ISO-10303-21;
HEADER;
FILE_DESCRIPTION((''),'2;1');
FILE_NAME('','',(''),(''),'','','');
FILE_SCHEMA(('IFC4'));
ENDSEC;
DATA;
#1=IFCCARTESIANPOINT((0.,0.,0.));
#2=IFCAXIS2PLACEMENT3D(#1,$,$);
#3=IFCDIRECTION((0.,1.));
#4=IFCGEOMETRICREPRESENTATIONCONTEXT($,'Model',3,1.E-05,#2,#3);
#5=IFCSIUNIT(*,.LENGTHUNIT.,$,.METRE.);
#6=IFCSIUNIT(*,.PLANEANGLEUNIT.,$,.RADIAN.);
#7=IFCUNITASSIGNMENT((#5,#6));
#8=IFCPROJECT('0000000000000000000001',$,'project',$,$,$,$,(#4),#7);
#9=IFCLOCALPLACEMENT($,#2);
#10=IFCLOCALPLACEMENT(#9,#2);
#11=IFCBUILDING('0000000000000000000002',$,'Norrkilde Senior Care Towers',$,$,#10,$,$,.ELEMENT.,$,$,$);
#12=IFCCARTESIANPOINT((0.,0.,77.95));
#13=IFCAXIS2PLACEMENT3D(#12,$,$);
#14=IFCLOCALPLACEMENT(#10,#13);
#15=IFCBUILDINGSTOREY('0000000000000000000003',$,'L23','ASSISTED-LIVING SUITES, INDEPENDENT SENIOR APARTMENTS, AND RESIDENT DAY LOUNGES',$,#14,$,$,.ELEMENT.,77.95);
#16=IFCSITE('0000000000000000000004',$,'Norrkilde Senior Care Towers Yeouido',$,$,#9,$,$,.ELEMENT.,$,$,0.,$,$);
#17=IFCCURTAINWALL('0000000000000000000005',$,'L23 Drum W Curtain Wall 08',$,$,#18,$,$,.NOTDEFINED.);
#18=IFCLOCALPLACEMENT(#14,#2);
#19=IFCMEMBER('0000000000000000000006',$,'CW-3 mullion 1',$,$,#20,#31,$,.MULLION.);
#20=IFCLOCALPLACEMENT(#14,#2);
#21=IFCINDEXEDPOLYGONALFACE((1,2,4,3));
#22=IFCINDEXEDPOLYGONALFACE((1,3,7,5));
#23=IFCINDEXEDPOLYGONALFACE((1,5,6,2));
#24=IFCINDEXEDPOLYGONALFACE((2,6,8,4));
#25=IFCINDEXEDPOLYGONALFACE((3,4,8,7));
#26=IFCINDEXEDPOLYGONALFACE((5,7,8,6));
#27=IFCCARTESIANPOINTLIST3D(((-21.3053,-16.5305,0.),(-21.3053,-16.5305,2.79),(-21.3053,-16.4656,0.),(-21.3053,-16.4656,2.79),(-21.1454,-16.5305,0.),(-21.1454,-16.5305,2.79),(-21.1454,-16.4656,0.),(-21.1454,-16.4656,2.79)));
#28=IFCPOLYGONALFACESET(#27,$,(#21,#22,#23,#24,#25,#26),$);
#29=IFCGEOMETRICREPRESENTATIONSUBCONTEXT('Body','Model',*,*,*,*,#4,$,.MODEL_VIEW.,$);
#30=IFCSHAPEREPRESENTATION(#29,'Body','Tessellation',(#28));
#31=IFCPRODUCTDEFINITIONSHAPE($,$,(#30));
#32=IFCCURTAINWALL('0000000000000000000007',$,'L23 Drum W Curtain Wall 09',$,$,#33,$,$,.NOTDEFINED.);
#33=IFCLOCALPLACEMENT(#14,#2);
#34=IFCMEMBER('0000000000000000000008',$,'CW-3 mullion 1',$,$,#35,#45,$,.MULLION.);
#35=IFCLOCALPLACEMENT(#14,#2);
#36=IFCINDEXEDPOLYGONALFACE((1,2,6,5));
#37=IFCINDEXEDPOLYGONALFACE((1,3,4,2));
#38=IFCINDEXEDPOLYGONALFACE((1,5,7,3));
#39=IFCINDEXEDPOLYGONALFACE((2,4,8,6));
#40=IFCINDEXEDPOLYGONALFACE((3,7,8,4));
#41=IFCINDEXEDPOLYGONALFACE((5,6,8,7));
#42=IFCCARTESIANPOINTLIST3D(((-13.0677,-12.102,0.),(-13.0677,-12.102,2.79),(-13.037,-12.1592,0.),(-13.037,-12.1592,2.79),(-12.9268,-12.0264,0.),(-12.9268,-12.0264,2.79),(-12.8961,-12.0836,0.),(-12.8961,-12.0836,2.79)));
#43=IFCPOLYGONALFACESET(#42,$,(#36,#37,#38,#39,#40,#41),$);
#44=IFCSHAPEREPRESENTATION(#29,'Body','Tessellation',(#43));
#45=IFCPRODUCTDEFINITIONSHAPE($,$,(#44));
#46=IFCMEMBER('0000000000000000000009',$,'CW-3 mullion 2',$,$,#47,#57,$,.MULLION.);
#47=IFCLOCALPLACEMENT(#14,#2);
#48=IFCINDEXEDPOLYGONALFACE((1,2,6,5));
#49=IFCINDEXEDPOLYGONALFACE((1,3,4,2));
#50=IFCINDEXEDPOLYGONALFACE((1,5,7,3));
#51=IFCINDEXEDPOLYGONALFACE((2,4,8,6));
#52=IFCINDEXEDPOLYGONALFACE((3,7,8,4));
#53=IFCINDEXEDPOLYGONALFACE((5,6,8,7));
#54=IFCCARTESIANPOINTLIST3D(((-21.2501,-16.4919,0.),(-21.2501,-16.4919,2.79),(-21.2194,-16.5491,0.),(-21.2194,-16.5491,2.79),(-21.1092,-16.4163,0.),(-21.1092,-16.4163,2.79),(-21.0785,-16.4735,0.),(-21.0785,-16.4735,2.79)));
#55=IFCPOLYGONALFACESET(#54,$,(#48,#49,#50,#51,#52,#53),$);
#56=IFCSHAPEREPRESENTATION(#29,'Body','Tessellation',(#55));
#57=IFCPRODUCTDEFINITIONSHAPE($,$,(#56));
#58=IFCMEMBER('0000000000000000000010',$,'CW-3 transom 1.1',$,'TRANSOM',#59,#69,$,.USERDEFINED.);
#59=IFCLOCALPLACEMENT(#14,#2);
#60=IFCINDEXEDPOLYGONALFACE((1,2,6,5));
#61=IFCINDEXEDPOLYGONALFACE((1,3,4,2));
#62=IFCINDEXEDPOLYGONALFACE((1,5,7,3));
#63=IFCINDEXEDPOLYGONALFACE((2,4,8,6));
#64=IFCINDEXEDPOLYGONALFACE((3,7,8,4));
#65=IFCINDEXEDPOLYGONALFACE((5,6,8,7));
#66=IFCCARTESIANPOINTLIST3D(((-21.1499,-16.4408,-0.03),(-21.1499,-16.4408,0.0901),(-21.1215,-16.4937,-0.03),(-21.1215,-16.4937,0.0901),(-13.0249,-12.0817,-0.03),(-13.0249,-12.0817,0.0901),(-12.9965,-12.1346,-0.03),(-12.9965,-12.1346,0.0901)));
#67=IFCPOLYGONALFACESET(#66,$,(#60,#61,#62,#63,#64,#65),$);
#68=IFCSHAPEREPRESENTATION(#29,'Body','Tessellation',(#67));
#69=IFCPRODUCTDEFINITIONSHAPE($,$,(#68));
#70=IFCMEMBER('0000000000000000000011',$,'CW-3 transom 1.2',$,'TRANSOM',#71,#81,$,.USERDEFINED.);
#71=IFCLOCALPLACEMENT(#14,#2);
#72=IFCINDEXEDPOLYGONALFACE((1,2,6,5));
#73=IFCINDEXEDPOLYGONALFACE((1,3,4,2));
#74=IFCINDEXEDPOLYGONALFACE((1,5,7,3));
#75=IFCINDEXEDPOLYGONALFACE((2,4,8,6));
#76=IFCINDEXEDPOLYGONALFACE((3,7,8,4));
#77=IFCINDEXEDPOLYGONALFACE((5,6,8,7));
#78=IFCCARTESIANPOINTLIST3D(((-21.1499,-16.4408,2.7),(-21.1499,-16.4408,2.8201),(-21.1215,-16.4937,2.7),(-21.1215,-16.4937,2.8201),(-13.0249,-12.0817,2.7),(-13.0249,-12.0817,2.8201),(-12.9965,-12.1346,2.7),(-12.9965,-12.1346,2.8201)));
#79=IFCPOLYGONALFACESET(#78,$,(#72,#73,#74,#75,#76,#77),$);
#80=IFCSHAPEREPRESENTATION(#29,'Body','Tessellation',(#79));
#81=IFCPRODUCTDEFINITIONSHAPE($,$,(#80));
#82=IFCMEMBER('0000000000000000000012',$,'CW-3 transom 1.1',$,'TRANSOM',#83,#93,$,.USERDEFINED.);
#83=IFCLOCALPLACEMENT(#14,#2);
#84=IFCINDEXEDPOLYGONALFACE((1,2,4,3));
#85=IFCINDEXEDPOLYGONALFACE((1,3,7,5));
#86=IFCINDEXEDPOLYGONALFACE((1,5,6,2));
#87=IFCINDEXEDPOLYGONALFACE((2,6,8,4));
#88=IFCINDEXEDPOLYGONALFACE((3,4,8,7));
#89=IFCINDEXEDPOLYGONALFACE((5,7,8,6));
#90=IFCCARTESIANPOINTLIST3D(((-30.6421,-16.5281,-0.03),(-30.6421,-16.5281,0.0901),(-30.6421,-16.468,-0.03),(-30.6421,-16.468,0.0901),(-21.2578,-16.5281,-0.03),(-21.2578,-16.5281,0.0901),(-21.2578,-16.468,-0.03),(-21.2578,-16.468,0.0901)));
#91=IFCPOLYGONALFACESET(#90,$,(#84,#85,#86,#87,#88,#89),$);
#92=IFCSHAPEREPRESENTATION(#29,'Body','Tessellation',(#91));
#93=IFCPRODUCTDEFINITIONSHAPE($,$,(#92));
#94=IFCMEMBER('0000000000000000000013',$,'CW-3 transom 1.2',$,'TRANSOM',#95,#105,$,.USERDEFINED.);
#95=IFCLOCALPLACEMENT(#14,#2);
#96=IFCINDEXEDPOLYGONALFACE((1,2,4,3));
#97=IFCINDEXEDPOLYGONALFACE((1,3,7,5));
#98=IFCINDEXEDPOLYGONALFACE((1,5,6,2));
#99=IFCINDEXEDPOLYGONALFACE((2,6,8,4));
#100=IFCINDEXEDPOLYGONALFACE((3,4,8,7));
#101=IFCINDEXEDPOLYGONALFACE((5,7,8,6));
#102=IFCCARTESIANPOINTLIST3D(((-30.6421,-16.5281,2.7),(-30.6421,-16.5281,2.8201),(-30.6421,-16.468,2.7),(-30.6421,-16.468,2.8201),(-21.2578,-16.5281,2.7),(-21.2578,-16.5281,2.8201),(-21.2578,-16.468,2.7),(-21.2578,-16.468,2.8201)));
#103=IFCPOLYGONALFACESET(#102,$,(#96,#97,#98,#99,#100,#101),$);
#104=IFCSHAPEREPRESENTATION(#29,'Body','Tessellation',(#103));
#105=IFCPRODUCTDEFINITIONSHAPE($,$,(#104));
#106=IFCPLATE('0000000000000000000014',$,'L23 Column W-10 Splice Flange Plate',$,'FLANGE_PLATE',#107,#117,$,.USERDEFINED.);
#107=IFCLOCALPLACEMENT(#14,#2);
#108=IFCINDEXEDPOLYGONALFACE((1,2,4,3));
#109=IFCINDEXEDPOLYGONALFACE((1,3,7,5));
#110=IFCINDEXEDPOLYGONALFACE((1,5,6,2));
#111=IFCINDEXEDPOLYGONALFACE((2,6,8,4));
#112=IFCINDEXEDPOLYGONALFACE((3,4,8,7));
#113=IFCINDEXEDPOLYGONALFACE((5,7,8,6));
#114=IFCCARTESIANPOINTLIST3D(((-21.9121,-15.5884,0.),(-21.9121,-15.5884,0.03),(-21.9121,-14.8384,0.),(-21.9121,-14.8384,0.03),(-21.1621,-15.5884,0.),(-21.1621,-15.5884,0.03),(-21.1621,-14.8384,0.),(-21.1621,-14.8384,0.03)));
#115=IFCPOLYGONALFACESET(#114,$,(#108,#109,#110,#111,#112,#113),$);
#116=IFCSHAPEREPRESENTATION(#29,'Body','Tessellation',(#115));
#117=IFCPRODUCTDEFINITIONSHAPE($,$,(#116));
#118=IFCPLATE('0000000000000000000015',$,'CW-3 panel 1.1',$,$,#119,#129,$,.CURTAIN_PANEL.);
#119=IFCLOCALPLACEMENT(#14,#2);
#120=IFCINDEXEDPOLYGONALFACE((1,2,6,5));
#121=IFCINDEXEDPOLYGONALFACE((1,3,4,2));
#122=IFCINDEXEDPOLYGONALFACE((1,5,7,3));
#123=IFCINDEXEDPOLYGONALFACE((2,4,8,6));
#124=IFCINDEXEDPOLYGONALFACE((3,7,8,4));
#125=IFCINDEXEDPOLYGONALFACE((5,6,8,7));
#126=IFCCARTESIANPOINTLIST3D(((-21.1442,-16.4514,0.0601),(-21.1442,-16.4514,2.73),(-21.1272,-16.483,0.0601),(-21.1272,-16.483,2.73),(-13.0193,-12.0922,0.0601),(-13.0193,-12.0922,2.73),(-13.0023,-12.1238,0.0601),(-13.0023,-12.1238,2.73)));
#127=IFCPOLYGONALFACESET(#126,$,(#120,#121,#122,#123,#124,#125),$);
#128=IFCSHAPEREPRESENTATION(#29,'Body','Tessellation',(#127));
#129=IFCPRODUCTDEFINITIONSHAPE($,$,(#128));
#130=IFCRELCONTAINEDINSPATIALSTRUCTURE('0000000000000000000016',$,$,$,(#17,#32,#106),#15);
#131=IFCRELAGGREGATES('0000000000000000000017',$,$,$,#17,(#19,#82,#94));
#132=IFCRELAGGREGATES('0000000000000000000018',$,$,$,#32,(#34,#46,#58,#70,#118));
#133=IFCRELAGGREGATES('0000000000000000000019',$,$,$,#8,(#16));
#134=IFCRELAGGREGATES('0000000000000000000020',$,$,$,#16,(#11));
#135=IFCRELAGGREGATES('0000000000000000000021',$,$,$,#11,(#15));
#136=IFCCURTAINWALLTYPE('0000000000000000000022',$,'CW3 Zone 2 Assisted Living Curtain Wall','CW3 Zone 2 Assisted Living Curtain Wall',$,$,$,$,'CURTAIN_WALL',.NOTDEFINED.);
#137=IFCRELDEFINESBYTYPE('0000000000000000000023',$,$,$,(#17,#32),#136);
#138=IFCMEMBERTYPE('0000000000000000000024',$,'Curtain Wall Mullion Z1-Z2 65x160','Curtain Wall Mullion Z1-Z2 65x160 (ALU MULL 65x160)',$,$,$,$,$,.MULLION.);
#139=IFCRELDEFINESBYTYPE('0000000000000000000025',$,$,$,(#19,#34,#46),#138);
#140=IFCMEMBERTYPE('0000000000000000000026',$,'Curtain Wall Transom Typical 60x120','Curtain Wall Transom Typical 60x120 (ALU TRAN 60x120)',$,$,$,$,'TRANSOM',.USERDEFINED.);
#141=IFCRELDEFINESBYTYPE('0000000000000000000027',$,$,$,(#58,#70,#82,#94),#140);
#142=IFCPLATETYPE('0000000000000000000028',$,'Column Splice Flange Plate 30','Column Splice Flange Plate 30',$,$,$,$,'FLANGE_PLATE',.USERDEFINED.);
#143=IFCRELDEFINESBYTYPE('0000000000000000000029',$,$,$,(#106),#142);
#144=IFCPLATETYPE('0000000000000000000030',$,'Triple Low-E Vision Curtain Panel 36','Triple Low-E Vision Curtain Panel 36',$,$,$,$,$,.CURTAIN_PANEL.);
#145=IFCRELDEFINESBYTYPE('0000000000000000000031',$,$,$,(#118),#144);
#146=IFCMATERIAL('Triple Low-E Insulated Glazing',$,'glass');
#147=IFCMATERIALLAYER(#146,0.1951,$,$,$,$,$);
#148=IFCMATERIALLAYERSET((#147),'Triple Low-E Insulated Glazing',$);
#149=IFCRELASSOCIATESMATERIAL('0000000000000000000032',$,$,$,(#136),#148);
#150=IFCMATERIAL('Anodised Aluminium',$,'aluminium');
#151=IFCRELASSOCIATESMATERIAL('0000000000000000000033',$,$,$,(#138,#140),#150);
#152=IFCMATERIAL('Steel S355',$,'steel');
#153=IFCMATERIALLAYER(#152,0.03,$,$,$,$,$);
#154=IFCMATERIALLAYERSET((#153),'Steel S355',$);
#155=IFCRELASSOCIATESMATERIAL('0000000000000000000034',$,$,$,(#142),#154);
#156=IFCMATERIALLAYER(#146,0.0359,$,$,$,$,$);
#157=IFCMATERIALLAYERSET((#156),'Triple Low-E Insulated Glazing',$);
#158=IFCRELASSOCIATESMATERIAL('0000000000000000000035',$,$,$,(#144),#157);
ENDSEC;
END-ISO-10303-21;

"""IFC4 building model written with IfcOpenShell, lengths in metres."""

from ifc_helpers import new_model, si_unit, direction, frame, origin, origin_2d, place, context, subcontext, project, spatial, rectangle, extrude, source, transform, mapped, material, layer, layer_set, material_profile, profile_set, type_object, type_shapes, element, aggregate, save


model = new_model("IFC4")

# Units and contexts
model_context = context("Model", 3, precision=1e-05, world=origin(), true_north=direction((0.0, 1.0)))
body_context = subcontext(model_context, "Body", "Model", "MODEL_VIEW")
ifc_project = project(units=[si_unit("LENGTHUNIT", "METRE"), si_unit("PLANEANGLEUNIT", "RADIAN")], contexts=[model_context])

# Site, building, storey
site_placement = place(None, origin())
site = spatial("IfcSite", under=ifc_project, at=site_placement, Name="Norrkilde Senior Care Towers Yeouido", CompositionType="ELEMENT", RefElevation=0.0)
building_placement = place(site_placement, origin())
building = spatial("IfcBuilding", under=site, at=building_placement, Name="Norrkilde Senior Care Towers", CompositionType="ELEMENT")
storey_placement = place(building_placement, frame((0.0, 0.0, 77.95)))
storey = spatial("IfcBuildingStorey", under=building, at=storey_placement, Name="L23", Description="ASSISTED-LIVING SUITES, INDEPENDENT SENIOR APARTMENTS, AND RESIDENT DAY LOUNGES", CompositionType="ELEMENT", Elevation=77.95)

# Shared definitions
ifc_material_1 = material(Name="Steel S355", Category="steel")

# Curtain wall, member
ifc_material_2 = material(Name="Triple Low-E Insulated Glazing", Category="glass")
ifc_layer_1 = layer(ifc_material_2, 0.1951)
ifc_layer_set_1 = layer_set([ifc_layer_1], Name="Triple Low-E Insulated Glazing")
curtain_wall_type = type_object("IfcCurtainWallType", Name="CW3 Zone 2 Assisted Living Curtain Wall", Description="CW3 Zone 2 Assisted Living Curtain Wall", ElementType="CURTAIN_WALL", PredefinedType="NOTDEFINED", material=ifc_layer_set_1)
curtain_wall_1_placement = place(storey_placement, origin())
curtain_wall_1 = element("IfcCurtainWall", 1, at=curtain_wall_1_placement, inside=storey, type_object=curtain_wall_type, Name="L23 Drum W Curtain Wall 08", PredefinedType="NOTDEFINED")
ifc_material_3 = material(Name="Anodised Aluminium", Category="aluminium")
ifc_material_profile_1 = material_profile(ifc_material_3, rectangle(XDim=0.0649, YDim=0.1599, at=origin_2d()), Name="ALU MULL 65x160")
ifc_profile_set_1 = profile_set([ifc_material_profile_1], Name="Anodised Aluminium")
member_type_1 = type_object("IfcMemberType", Name="Curtain Wall Mullion Z1-Z2 65x160", Description="Curtain Wall Mullion Z1-Z2 65x160 (ALU MULL 65x160)", PredefinedType="MULLION", material=ifc_profile_set_1)
shared_shape_1 = source(origin(), body_context, "Body", "SweptSolid", [
    extrude(rectangle(XDim=0.0649, YDim=0.1599, at=origin_2d()), origin(), (0.0, 0.0, 1.0), 2.79),
])
type_shapes(member_type_1, [shared_shape_1])
member_1_placement = place(storey_placement, frame((-21.2253, -16.498, 0.0), z_axis=(0.0, 0.0, 1.0), x_axis=(0.0, -1.0, 0.0)))
member_1 = element("IfcMember", 2, at=member_1_placement, type_object=member_type_1, Name="CW-3 mullion 1", PredefinedType="MULLION", context=body_context, shape_type="MappedRepresentation", body=[
    mapped(shared_shape_1, transform((0.0, 0.0, 0.0), x_axis=(1.0, 0.0, 0.0), y_axis=(0.0, 1.0, 0.0), z_axis=(0.0, 0.0, 1.0), scale=1.0)),
])

# Curtain wall, members
curtain_wall_2_placement = place(storey_placement, origin())
curtain_wall_2 = element("IfcCurtainWall", 3, at=curtain_wall_2_placement, inside=storey, type_object=curtain_wall_type, Name="L23 Drum W Curtain Wall 09", PredefinedType="NOTDEFINED")
member_2_placement = place(storey_placement, frame((-12.9819, -12.0928, 0.0), z_axis=(0.0, 0.0, 1.0), x_axis=(0.472769, -0.881186, 0.0)))
member_2 = element("IfcMember", 4, at=member_2_placement, type_object=member_type_1, Name="CW-3 mullion 1", PredefinedType="MULLION", context=body_context, shape_type="MappedRepresentation", body=[
    mapped(shared_shape_1, transform((0.0, 0.0, 0.0), x_axis=(1.0, 0.0, 0.0), y_axis=(0.0, 1.0, 0.0), z_axis=(0.0, 0.0, 1.0), scale=1.0)),
])
member_3_placement = place(storey_placement, frame((-21.1643, -16.4827, 0.0), z_axis=(0.0, 0.0, 1.0), x_axis=(0.472769, -0.881186, 0.0)))
member_3 = element("IfcMember", 5, at=member_3_placement, type_object=member_type_1, Name="CW-3 mullion 2", PredefinedType="MULLION", context=body_context, shape_type="MappedRepresentation", body=[
    mapped(shared_shape_1, transform((0.0, 0.0, 0.0), x_axis=(1.0, 0.0, 0.0), y_axis=(0.0, 1.0, 0.0), z_axis=(0.0, 0.0, 1.0), scale=1.0)),
])
ifc_material_profile_2 = material_profile(ifc_material_3, rectangle(XDim=0.0601, YDim=0.1201, at=origin_2d()), Name="ALU TRAN 60x120")
ifc_profile_set_2 = profile_set([ifc_material_profile_2], Name="Anodised Aluminium")
member_type_2 = type_object("IfcMemberType", Name="Curtain Wall Transom Typical 60x120", Description="Curtain Wall Transom Typical 60x120 (ALU TRAN 60x120)", ElementType="TRANSOM", PredefinedType="USERDEFINED", material=ifc_profile_set_2)
shared_shape_2 = source(origin(), body_context, "Body", "SweptSolid", [
    extrude(rectangle(XDim=0.0601, YDim=0.1201, at=origin_2d()), origin(), (0.0, 0.0, 1.0), 9.2205),
])
member_4_placement = place(storey_placement, frame((-13.0107, -12.1082, 0.03), z_axis=(-0.881189, -0.472765, 0.0), x_axis=(0.472765, -0.881189, 0.0)))
member_4 = element("IfcMember", 6, at=member_4_placement, type_object=member_type_2, Name="CW-3 transom 1.1", ObjectType="TRANSOM", PredefinedType="USERDEFINED", context=body_context, shape_type="MappedRepresentation", body=[
    mapped(shared_shape_2, transform((0.0, 0.0, 0.0), x_axis=(1.0, 0.0, 0.0), y_axis=(0.0, 1.0, 0.0), z_axis=(0.0, 0.0, 1.0), scale=1.0)),
])
member_5_placement = place(storey_placement, frame((-13.0107, -12.1082, 2.76), z_axis=(-0.881189, -0.472765, 0.0), x_axis=(0.472765, -0.881189, 0.0)))
member_5 = element("IfcMember", 7, at=member_5_placement, type_object=member_type_2, Name="CW-3 transom 1.2", ObjectType="TRANSOM", PredefinedType="USERDEFINED", context=body_context, shape_type="MappedRepresentation", body=[
    mapped(shared_shape_2, transform((0.0, 0.0, 0.0), x_axis=(1.0, 0.0, 0.0), y_axis=(0.0, 1.0, 0.0), z_axis=(0.0, 0.0, 1.0), scale=1.0)),
])

# Members
shared_shape_3 = source(origin(), body_context, "Body", "SweptSolid", [
    extrude(rectangle(XDim=0.0601, YDim=0.1201, at=origin_2d()), origin(), (0.0, 0.0, 1.0), 9.3843),
])
type_shapes(member_type_2, [shared_shape_2, shared_shape_3])
member_6_placement = place(storey_placement, frame((-21.2578, -16.498, 0.03), z_axis=(-1.0, 0.0, 0.0), x_axis=(0.0, -1.0, 0.0)))
member_6 = element("IfcMember", 8, at=member_6_placement, type_object=member_type_2, Name="CW-3 transom 1.1", ObjectType="TRANSOM", PredefinedType="USERDEFINED", context=body_context, shape_type="MappedRepresentation", body=[
    mapped(shared_shape_3, transform((0.0, 0.0, 0.0), x_axis=(1.0, 0.0, 0.0), y_axis=(0.0, 1.0, 0.0), z_axis=(0.0, 0.0, 1.0), scale=1.0)),
])
member_7_placement = place(storey_placement, frame((-21.2578, -16.498, 2.76), z_axis=(-1.0, 0.0, 0.0), x_axis=(0.0, -1.0, 0.0)))
member_7 = element("IfcMember", 9, at=member_7_placement, type_object=member_type_2, Name="CW-3 transom 1.2", ObjectType="TRANSOM", PredefinedType="USERDEFINED", context=body_context, shape_type="MappedRepresentation", body=[
    mapped(shared_shape_3, transform((0.0, 0.0, 0.0), x_axis=(1.0, 0.0, 0.0), y_axis=(0.0, 1.0, 0.0), z_axis=(0.0, 0.0, 1.0), scale=1.0)),
])
aggregate(curtain_wall_1, [member_1, member_6, member_7])

# Plates
ifc_layer_2 = layer(ifc_material_1, 0.03)
ifc_layer_set_2 = layer_set([ifc_layer_2], Name="Steel S355")
plate_type_1 = type_object("IfcPlateType", Name="Column Splice Flange Plate 30", Description="Column Splice Flange Plate 30", ElementType="FLANGE_PLATE", PredefinedType="USERDEFINED", material=ifc_layer_set_2)
shared_shape_4 = source(origin(), body_context, "Body", "SweptSolid", [
    extrude(rectangle(XDim=0.75, YDim=0.75, at=origin_2d()), origin(), (0.0, 0.0, 1.0), 0.03),
])
type_shapes(plate_type_1, [shared_shape_4])
plate_1_placement = place(storey_placement, frame((-21.5371, -15.2134, 0.0), z_axis=(0.0, 0.0, 1.0), x_axis=(1.0, 0.0, 0.0)))
element("IfcPlate", 10, at=plate_1_placement, inside=storey, type_object=plate_type_1, Name="L23 Column W-10 Splice Flange Plate", ObjectType="FLANGE_PLATE", PredefinedType="USERDEFINED", context=body_context, shape_type="MappedRepresentation", body=[
    mapped(shared_shape_4, transform((0.0, 0.0, 0.0), x_axis=(1.0, 0.0, 0.0), y_axis=(0.0, 1.0, 0.0), z_axis=(0.0, 0.0, 1.0), scale=1.0)),
])
ifc_layer_3 = layer(ifc_material_2, 0.0359)
ifc_layer_set_3 = layer_set([ifc_layer_3], Name="Triple Low-E Insulated Glazing")
plate_type_2 = type_object("IfcPlateType", Name="Triple Low-E Vision Curtain Panel 36", Description="Triple Low-E Vision Curtain Panel 36", PredefinedType="CURTAIN_PANEL", material=ifc_layer_set_3)
shared_shape_5 = source(origin(), body_context, "Body", "SweptSolid", [
    extrude(rectangle(XDim=9.2205, YDim=0.0359, at=origin_2d()), origin(), (0.0, 0.0, 1.0), 2.6699),
])
type_shapes(plate_type_2, [shared_shape_5])
plate_2_placement = place(storey_placement, frame((-17.0732, -14.2876, 0.0601), z_axis=(0.0, 0.0, 1.0), x_axis=(-0.881186, -0.472769, 0.0)))
plate_2 = element("IfcPlate", 11, at=plate_2_placement, type_object=plate_type_2, Name="CW-3 panel 1.1", PredefinedType="CURTAIN_PANEL", context=body_context, shape_type="MappedRepresentation", body=[
    mapped(shared_shape_5, transform((0.0, 0.0, 0.0), x_axis=(1.0, 0.0, 0.0), y_axis=(0.0, 1.0, 0.0), z_axis=(0.0, 0.0, 1.0), scale=1.0)),
])
aggregate(curtain_wall_2, [member_2, member_3, member_4, member_5, plate_2])

save(model, "model.ifc")
